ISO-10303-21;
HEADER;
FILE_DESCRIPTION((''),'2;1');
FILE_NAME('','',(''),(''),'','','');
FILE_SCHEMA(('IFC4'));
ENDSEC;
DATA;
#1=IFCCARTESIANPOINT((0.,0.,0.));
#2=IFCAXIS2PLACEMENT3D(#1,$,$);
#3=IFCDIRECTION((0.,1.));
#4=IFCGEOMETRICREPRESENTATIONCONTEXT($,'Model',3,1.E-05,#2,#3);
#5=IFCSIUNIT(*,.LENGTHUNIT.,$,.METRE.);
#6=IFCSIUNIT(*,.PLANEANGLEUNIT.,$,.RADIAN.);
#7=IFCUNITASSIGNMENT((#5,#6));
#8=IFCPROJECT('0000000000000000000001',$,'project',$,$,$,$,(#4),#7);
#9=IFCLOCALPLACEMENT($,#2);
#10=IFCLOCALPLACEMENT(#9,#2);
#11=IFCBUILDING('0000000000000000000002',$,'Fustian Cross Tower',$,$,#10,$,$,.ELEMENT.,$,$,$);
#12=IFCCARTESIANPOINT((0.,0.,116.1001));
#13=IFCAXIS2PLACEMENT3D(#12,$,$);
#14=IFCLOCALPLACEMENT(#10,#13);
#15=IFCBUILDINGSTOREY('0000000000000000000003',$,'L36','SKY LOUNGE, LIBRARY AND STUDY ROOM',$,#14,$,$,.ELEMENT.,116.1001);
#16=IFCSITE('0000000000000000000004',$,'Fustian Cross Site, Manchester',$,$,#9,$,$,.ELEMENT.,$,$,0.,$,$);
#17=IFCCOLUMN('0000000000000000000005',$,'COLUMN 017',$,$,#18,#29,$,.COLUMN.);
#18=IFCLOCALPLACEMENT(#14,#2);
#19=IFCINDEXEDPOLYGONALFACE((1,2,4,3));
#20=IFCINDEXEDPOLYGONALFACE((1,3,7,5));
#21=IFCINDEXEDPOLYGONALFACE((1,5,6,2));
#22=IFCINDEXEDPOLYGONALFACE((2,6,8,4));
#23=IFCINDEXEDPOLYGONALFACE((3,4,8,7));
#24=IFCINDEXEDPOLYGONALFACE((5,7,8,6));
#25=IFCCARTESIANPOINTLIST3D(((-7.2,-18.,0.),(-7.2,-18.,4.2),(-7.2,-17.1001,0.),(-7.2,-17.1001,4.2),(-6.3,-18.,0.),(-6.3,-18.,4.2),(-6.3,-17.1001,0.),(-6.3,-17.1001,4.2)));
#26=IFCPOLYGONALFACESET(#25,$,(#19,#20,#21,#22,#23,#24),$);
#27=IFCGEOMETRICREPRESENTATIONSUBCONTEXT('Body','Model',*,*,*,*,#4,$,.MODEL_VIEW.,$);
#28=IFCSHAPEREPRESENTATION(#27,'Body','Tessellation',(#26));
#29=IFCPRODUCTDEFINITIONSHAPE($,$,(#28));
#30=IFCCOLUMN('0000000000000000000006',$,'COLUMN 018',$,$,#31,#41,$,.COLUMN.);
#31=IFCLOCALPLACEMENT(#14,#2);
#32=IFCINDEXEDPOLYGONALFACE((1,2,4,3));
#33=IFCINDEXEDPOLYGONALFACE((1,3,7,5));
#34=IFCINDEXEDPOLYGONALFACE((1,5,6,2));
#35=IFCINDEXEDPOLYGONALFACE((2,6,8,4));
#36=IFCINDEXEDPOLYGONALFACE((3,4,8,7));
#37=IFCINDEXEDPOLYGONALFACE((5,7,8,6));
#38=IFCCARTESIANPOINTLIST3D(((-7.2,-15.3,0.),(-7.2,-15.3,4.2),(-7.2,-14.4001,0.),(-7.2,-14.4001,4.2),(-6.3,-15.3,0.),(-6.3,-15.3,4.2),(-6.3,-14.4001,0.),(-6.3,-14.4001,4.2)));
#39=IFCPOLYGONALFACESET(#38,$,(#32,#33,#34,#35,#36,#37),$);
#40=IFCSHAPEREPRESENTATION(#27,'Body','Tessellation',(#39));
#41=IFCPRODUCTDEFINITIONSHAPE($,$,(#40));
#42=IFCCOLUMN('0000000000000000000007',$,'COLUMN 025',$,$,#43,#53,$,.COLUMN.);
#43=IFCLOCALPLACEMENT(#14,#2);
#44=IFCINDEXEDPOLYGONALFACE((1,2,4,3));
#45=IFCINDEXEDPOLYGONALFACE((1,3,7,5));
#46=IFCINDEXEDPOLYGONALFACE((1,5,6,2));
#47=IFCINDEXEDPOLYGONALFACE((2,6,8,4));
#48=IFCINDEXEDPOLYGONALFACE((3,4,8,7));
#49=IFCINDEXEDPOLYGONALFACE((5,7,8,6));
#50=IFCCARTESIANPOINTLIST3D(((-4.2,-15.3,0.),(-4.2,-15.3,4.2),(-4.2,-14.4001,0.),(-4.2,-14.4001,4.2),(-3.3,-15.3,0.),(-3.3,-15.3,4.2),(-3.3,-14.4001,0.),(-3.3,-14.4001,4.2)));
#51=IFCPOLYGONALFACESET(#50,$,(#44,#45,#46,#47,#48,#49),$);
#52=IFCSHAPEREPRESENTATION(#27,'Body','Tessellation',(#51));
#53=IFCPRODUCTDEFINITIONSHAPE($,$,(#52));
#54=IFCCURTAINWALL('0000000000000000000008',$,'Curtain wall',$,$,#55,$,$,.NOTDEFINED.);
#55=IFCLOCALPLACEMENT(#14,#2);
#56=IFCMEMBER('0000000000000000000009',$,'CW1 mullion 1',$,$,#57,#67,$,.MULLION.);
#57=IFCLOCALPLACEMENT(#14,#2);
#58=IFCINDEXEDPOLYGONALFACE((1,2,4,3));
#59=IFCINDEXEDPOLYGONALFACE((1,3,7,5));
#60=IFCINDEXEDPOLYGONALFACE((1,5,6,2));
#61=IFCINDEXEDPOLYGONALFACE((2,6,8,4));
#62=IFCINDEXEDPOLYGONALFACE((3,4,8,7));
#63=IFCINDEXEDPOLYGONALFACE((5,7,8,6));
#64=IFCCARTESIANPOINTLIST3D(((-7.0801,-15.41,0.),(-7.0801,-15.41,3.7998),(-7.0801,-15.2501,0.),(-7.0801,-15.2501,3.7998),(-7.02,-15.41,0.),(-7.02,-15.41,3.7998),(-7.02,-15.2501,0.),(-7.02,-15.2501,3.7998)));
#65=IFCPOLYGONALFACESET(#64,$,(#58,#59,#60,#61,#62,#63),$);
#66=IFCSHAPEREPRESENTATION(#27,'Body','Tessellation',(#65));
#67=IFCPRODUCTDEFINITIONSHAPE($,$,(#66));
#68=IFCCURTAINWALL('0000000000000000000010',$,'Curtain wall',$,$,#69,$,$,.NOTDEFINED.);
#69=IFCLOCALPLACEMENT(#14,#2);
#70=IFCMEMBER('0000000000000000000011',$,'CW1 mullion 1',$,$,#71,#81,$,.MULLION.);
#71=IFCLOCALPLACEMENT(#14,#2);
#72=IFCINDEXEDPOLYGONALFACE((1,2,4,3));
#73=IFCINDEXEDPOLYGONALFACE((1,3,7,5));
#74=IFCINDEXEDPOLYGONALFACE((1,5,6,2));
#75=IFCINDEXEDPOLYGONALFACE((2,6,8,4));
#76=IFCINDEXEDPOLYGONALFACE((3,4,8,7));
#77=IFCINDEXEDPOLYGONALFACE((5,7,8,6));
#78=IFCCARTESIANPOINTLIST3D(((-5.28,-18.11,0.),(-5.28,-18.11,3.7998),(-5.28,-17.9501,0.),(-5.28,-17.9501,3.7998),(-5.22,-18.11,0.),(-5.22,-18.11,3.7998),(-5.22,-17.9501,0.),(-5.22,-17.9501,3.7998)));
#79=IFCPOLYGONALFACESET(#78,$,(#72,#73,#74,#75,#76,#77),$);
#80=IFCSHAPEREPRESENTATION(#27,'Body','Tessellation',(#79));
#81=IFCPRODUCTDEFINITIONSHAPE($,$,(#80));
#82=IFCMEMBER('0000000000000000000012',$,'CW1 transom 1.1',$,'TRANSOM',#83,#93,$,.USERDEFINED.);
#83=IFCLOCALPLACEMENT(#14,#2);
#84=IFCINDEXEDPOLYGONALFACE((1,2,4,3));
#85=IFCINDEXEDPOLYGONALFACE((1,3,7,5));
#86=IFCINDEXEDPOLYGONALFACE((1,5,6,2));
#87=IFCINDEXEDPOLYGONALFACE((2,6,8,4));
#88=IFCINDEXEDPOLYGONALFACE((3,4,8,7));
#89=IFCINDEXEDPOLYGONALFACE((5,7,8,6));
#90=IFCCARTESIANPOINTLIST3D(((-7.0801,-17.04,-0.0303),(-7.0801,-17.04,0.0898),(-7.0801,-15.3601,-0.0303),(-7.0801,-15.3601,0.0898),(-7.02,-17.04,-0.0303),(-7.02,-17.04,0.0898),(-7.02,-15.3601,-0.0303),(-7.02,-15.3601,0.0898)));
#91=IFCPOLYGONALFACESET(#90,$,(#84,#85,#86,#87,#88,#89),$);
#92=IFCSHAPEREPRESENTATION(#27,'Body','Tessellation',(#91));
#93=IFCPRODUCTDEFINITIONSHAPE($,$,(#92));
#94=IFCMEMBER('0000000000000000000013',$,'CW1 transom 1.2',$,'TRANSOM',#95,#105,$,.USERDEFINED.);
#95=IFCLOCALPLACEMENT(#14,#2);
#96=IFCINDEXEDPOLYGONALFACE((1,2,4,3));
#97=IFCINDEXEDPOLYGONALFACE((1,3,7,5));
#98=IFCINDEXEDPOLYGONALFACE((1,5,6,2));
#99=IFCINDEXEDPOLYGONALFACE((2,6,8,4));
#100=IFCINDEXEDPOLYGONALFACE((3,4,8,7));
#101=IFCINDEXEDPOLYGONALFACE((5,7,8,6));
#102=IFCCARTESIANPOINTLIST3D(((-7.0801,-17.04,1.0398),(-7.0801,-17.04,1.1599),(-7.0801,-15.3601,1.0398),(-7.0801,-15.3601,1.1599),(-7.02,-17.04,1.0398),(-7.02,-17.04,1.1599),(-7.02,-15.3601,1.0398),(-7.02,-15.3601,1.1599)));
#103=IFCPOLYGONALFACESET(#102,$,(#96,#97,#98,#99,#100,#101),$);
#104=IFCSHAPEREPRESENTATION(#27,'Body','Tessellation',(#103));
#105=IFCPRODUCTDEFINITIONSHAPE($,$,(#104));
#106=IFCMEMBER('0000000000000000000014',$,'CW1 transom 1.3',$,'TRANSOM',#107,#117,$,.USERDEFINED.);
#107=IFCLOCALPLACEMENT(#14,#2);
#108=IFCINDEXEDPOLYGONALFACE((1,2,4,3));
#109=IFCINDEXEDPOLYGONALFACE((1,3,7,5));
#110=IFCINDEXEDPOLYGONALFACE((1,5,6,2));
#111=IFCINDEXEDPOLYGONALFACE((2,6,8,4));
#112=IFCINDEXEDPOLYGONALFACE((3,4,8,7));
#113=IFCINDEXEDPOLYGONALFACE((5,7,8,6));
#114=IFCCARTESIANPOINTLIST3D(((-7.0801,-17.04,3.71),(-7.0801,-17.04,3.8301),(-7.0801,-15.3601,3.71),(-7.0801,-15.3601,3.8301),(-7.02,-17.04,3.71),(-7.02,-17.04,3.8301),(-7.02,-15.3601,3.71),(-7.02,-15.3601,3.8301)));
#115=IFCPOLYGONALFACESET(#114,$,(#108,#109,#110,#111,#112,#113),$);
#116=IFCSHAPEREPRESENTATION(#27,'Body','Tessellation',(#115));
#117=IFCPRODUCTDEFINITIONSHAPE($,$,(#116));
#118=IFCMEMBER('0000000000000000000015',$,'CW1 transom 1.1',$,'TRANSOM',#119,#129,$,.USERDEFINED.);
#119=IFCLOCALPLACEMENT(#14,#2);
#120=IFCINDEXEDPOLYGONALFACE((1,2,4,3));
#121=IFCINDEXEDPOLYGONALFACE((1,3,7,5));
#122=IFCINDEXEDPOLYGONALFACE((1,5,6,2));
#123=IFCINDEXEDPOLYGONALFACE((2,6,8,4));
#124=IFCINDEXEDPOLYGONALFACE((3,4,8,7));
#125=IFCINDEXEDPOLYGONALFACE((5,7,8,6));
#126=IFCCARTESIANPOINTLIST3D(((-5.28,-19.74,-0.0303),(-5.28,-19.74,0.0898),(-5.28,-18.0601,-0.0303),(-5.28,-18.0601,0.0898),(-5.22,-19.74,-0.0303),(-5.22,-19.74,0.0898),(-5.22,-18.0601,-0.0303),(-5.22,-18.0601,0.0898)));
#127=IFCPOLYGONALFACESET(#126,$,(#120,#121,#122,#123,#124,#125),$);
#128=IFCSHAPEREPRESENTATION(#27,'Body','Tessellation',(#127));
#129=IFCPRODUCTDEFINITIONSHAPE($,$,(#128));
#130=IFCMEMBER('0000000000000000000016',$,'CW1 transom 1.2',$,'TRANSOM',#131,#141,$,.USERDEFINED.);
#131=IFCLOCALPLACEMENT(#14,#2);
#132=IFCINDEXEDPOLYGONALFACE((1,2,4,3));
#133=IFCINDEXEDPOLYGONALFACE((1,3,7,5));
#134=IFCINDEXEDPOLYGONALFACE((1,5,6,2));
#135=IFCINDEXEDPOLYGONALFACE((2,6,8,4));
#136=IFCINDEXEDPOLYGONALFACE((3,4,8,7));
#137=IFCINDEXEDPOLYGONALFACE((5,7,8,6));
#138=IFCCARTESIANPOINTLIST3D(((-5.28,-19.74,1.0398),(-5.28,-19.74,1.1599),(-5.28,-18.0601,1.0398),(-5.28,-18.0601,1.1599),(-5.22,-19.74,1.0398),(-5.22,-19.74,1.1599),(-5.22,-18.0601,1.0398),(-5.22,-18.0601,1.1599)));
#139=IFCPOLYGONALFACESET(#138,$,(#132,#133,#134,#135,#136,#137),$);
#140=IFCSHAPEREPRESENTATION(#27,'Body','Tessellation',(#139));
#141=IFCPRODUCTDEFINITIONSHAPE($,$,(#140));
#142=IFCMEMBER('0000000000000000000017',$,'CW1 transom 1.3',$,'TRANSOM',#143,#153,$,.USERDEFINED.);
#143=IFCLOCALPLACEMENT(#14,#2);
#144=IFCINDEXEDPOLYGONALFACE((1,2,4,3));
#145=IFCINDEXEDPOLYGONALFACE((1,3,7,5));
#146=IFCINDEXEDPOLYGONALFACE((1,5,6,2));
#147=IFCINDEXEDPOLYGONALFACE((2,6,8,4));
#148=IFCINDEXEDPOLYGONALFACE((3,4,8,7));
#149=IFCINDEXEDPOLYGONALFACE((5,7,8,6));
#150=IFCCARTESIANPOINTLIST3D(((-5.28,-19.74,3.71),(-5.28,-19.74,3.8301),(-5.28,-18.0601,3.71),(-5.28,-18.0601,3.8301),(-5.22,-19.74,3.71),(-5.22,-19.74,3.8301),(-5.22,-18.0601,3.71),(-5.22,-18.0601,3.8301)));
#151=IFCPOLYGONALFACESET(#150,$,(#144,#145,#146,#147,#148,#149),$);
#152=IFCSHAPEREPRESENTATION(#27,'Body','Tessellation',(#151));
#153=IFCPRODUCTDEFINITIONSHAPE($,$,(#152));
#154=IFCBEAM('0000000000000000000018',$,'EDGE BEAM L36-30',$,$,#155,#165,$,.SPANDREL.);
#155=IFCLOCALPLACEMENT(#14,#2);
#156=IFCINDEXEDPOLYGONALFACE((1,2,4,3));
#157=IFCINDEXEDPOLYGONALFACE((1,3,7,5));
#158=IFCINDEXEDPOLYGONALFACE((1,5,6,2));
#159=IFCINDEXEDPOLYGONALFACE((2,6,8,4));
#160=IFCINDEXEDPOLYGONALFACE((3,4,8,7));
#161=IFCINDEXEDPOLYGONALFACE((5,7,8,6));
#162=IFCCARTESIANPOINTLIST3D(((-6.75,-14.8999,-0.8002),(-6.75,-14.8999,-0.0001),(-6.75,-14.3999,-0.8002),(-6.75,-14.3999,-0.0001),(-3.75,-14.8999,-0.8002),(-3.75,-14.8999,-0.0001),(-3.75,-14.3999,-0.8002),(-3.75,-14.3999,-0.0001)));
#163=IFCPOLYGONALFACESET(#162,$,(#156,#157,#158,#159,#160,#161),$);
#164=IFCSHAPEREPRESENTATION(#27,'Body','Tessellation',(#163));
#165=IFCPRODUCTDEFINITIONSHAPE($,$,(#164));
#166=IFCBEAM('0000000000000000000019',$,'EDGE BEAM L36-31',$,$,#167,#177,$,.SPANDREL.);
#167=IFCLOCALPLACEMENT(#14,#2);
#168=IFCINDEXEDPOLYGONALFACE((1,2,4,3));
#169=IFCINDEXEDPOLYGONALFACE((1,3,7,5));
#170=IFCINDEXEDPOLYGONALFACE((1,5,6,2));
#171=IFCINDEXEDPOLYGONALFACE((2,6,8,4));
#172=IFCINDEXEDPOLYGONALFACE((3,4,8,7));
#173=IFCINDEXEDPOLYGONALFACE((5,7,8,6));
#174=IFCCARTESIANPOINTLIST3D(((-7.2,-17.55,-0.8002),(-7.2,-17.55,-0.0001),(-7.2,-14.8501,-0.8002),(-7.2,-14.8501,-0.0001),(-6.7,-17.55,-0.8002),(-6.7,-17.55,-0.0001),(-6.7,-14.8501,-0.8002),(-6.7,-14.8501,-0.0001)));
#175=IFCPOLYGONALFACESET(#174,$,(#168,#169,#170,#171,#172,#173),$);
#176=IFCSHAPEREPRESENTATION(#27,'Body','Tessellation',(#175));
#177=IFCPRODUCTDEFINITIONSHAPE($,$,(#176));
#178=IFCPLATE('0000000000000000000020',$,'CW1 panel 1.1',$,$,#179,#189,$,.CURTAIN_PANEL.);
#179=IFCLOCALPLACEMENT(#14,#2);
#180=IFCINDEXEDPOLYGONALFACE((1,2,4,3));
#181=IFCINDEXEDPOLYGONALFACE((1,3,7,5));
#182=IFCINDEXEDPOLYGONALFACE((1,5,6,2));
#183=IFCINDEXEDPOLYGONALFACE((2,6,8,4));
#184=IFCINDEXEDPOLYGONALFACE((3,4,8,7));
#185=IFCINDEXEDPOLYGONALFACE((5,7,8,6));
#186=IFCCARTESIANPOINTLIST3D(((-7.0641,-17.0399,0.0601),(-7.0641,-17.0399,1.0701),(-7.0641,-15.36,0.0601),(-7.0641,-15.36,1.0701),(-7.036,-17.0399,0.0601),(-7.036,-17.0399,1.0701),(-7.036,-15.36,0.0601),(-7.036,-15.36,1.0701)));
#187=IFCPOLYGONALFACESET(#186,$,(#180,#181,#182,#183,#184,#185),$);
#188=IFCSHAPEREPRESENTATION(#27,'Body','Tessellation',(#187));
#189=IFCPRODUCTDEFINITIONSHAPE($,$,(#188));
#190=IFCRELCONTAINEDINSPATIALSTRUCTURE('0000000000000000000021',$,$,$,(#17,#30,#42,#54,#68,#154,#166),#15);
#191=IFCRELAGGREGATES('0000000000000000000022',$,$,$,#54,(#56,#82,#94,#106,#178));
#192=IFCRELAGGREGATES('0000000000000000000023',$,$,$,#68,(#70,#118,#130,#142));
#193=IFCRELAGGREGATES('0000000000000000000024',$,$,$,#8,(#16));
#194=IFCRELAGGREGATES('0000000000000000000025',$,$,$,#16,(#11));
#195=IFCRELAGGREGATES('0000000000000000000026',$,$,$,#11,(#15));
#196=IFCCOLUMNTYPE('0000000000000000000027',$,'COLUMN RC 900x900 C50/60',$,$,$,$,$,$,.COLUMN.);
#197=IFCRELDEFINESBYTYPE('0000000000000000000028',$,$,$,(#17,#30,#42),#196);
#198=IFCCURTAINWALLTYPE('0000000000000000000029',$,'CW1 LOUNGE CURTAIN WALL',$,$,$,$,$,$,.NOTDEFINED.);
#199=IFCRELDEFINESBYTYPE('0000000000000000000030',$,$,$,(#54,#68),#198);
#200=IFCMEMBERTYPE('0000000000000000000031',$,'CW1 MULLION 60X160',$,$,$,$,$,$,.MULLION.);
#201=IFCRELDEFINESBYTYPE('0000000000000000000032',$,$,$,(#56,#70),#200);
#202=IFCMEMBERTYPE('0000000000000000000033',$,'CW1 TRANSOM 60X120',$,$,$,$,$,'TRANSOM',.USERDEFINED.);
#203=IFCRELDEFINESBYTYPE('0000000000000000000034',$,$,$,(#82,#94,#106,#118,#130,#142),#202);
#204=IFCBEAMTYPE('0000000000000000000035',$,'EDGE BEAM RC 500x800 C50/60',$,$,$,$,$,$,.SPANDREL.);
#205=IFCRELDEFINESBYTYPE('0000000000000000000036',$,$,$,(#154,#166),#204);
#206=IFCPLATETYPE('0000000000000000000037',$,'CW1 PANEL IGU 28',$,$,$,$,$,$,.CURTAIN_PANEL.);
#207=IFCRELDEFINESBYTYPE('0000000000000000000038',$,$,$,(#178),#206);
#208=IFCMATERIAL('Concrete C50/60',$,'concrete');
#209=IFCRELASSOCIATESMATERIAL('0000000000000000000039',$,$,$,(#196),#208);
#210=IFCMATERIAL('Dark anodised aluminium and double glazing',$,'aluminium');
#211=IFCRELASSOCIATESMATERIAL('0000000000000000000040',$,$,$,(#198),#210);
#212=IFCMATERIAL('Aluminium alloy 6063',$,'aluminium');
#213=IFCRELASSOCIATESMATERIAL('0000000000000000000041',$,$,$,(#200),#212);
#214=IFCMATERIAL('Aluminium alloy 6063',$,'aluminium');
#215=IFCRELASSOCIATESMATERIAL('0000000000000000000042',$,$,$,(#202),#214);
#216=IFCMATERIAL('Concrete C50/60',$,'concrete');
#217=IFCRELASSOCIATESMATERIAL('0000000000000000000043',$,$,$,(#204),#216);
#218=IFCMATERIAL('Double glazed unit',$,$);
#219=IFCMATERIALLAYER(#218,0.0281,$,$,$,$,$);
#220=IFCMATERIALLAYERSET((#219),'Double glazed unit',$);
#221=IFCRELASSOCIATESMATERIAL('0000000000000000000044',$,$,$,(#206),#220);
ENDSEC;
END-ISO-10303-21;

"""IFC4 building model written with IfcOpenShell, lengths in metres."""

from ifc_helpers import new_model, si_unit, direction, frame, origin, origin_2d, place, context, subcontext, project, spatial, rectangle, extrude, material, layer, layer_set, material_profile, profile_set, type_object, element, aggregate, save


model = new_model("IFC4")

# Units and contexts
model_context = context("Model", 3, precision=1e-05, world=origin(), true_north=direction((0.0, 1.0)))
body_context = subcontext(model_context, "Body", "Model", "MODEL_VIEW")
ifc_project = project(units=[si_unit("LENGTHUNIT", "METRE"), si_unit("PLANEANGLEUNIT", "RADIAN")], contexts=[model_context])

# Site, building, storey
site_placement = place(None, origin())
site = spatial("IfcSite", under=ifc_project, at=site_placement, Name="Fustian Cross Site, Manchester", CompositionType="ELEMENT", RefElevation=0.0)
building_placement = place(site_placement, origin())
building = spatial("IfcBuilding", under=site, at=building_placement, Name="Fustian Cross Tower", CompositionType="ELEMENT")
storey_placement = place(building_placement, frame((0.0, 0.0, 116.1001)))
storey = spatial("IfcBuildingStorey", under=building, at=storey_placement, Name="L36", Description="SKY LOUNGE, LIBRARY AND STUDY ROOM", CompositionType="ELEMENT", Elevation=116.1001)

# Columns
ifc_material_1 = material(Name="Concrete C50/60", Category="concrete")
ifc_material_profile_1 = material_profile(ifc_material_1, rectangle(XDim=0.8999, YDim=0.8999, at=origin_2d()), Name="RC 900x900")
ifc_profile_set_1 = profile_set([ifc_material_profile_1], Name="Concrete C50/60")
column_type = type_object("IfcColumnType", Name="COLUMN RC 900x900 C50/60", PredefinedType="COLUMN", material=ifc_profile_set_1)
for number, where, z_axis, x_axis, name in (
    (1, (-6.75, -17.55, 0.0), (0.0, 0.0, 1.0), (1.0, 0.0, 0.0), "COLUMN 017"),
    (2, (-6.75, -14.8501, 0.0), (0.0, 0.0, 1.0), (1.0, 0.0, 0.0), "COLUMN 018"),
    (3, (-3.75, -14.8501, 0.0), (0.0, 0.0, 1.0), (1.0, 0.0, 0.0), "COLUMN 025"),
):
    element("IfcColumn", number, at=place(storey_placement, frame(where, z_axis=z_axis, x_axis=x_axis)), inside=storey, type_object=column_type, Name=name, PredefinedType="COLUMN", context=body_context, shape_type="SweptSolid", body=[
        extrude(rectangle(XDim=0.8999, YDim=0.8999, at=origin_2d()), origin(), (0.0, 0.0, 1.0), 4.2),
    ])

# Curtain walls, members
ifc_material_2 = material(Name="Dark anodised aluminium and double glazing", Category="aluminium")
curtain_wall_type = type_object("IfcCurtainWallType", Name="CW1 LOUNGE CURTAIN WALL", PredefinedType="NOTDEFINED", material=ifc_material_2)
curtain_wall_1_placement = place(storey_placement, origin())
curtain_wall_1 = element("IfcCurtainWall", 4, at=curtain_wall_1_placement, inside=storey, type_object=curtain_wall_type, Name="Curtain wall", PredefinedType="NOTDEFINED")
ifc_material_3 = material(Name="Aluminium alloy 6063", Category="aluminium")
ifc_material_profile_2 = material_profile(ifc_material_3, rectangle(XDim=0.0601, YDim=0.1599, at=origin_2d()), Name="CW1 MULLION 60X160")
ifc_profile_set_2 = profile_set([ifc_material_profile_2], Name="Aluminium alloy 6063")
member_type_1 = type_object("IfcMemberType", Name="CW1 MULLION 60X160", PredefinedType="MULLION", material=ifc_profile_set_2)
member_1_placement = place(storey_placement, frame((-7.05, -15.3301, 0.0), z_axis=(0.0, 0.0, 1.0), x_axis=(1.0, 0.0, 0.0)))
member_1 = element("IfcMember", 5, at=member_1_placement, type_object=member_type_1, Name="CW1 mullion 1", PredefinedType="MULLION", context=body_context, shape_type="SweptSolid", body=[
    extrude(rectangle(XDim=0.0601, YDim=0.1599, at=origin_2d()), origin(), (0.0, 0.0, 1.0), 3.7998),
])
curtain_wall_2_placement = place(storey_placement, origin())
curtain_wall_2 = element("IfcCurtainWall", 6, at=curtain_wall_2_placement, inside=storey, type_object=curtain_wall_type, Name="Curtain wall", PredefinedType="NOTDEFINED")
member_2_placement = place(storey_placement, frame((-5.25, -18.03, 0.0), z_axis=(0.0, 0.0, 1.0), x_axis=(1.0, 0.0, 0.0)))
member_2 = element("IfcMember", 7, at=member_2_placement, type_object=member_type_1, Name="CW1 mullion 1", PredefinedType="MULLION", context=body_context, shape_type="SweptSolid", body=[
    extrude(rectangle(XDim=0.0601, YDim=0.1599, at=origin_2d()), origin(), (0.0, 0.0, 1.0), 3.7998),
])

# Members
ifc_material_4 = material(Name="Aluminium alloy 6063", Category="aluminium")
ifc_material_profile_3 = material_profile(ifc_material_4, rectangle(XDim=0.0601, YDim=0.1201, at=origin_2d()), Name="CW1 TRANSOM 60X120")
ifc_profile_set_3 = profile_set([ifc_material_profile_3], Name="Aluminium alloy 6063")
member_type_2 = type_object("IfcMemberType", Name="CW1 TRANSOM 60X120", ElementType="TRANSOM", PredefinedType="USERDEFINED", material=ifc_profile_set_3)
member_3_placement = place(storey_placement, frame((-7.05, -15.3601, 0.0298), z_axis=(0.0, -1.0, 0.0), x_axis=(1.0, 0.0, 0.0)))
member_3 = element("IfcMember", 8, at=member_3_placement, type_object=member_type_2, Name="CW1 transom 1.1", ObjectType="TRANSOM", PredefinedType="USERDEFINED", context=body_context, shape_type="SweptSolid", body=[
    extrude(rectangle(XDim=0.0601, YDim=0.1201, at=origin_2d()), origin(), (0.0, 0.0, 1.0), 1.6799),
])
member_4_placement = place(storey_placement, frame((-7.05, -15.3601, 1.0999), z_axis=(0.0, -1.0, 0.0), x_axis=(1.0, 0.0, 0.0)))
member_4 = element("IfcMember", 9, at=member_4_placement, type_object=member_type_2, Name="CW1 transom 1.2", ObjectType="TRANSOM", PredefinedType="USERDEFINED", context=body_context, shape_type="SweptSolid", body=[
    extrude(rectangle(XDim=0.0601, YDim=0.1201, at=origin_2d()), origin(), (0.0, 0.0, 1.0), 1.6799),
])
member_5_placement = place(storey_placement, frame((-7.05, -15.3601, 3.77), z_axis=(0.0, -1.0, 0.0), x_axis=(1.0, 0.0, 0.0)))
member_5 = element("IfcMember", 10, at=member_5_placement, type_object=member_type_2, Name="CW1 transom 1.3", ObjectType="TRANSOM", PredefinedType="USERDEFINED", context=body_context, shape_type="SweptSolid", body=[
    extrude(rectangle(XDim=0.0601, YDim=0.1201, at=origin_2d()), origin(), (0.0, 0.0, 1.0), 1.6799),
])
member_6_placement = place(storey_placement, frame((-5.25, -18.0601, 0.0298), z_axis=(0.0, -1.0, 0.0), x_axis=(1.0, 0.0, 0.0)))
member_6 = element("IfcMember", 11, at=member_6_placement, type_object=member_type_2, Name="CW1 transom 1.1", ObjectType="TRANSOM", PredefinedType="USERDEFINED", context=body_context, shape_type="SweptSolid", body=[
    extrude(rectangle(XDim=0.0601, YDim=0.1201, at=origin_2d()), origin(), (0.0, 0.0, 1.0), 1.6799),
])
member_7_placement = place(storey_placement, frame((-5.25, -18.0601, 1.0999), z_axis=(0.0, -1.0, 0.0), x_axis=(1.0, 0.0, 0.0)))
member_7 = element("IfcMember", 12, at=member_7_placement, type_object=member_type_2, Name="CW1 transom 1.2", ObjectType="TRANSOM", PredefinedType="USERDEFINED", context=body_context, shape_type="SweptSolid", body=[
    extrude(rectangle(XDim=0.0601, YDim=0.1201, at=origin_2d()), origin(), (0.0, 0.0, 1.0), 1.6799),
])
member_8_placement = place(storey_placement, frame((-5.25, -18.0601, 3.77), z_axis=(0.0, -1.0, 0.0), x_axis=(1.0, 0.0, 0.0)))
member_8 = element("IfcMember", 13, at=member_8_placement, type_object=member_type_2, Name="CW1 transom 1.3", ObjectType="TRANSOM", PredefinedType="USERDEFINED", context=body_context, shape_type="SweptSolid", body=[
    extrude(rectangle(XDim=0.0601, YDim=0.1201, at=origin_2d()), origin(), (0.0, 0.0, 1.0), 1.6799),
])

# Beams
ifc_material_5 = material(Name="Concrete C50/60", Category="concrete")
ifc_material_profile_4 = material_profile(ifc_material_5, rectangle(XDim=0.5, YDim=0.8, at=origin_2d()), Name="RC 500x800")
ifc_profile_set_4 = profile_set([ifc_material_profile_4], Name="Concrete C50/60")
beam_type = type_object("IfcBeamType", Name="EDGE BEAM RC 500x800 C50/60", PredefinedType="SPANDREL", material=ifc_profile_set_4)
beam_1_placement = place(storey_placement, frame((-3.75, -14.6499, -0.4001), z_axis=(-1.0, 0.0, 0.0), x_axis=(0.0, -1.0, 0.0)))
element("IfcBeam", 14, at=beam_1_placement, inside=storey, type_object=beam_type, Name="EDGE BEAM L36-30", PredefinedType="SPANDREL", context=body_context, shape_type="SweptSolid", body=[
    extrude(rectangle(XDim=0.5, YDim=0.8, at=origin_2d()), origin(), (0.0, 0.0, 1.0), 3.0),
])
beam_2_placement = place(storey_placement, frame((-6.95, -14.8501, -0.4001), z_axis=(0.0, -1.0, 0.0), x_axis=(1.0, 0.0, 0.0)))
element("IfcBeam", 15, at=beam_2_placement, inside=storey, type_object=beam_type, Name="EDGE BEAM L36-31", PredefinedType="SPANDREL", context=body_context, shape_type="SweptSolid", body=[
    extrude(rectangle(XDim=0.5, YDim=0.8, at=origin_2d()), origin(), (0.0, 0.0, 1.0), 2.7),
])

# Plate
ifc_material_6 = material(Name="Double glazed unit")
ifc_layer_1 = layer(ifc_material_6, 0.0281)
ifc_layer_set_1 = layer_set([ifc_layer_1], Name="Double glazed unit")
plate_type = type_object("IfcPlateType", Name="CW1 PANEL IGU 28", PredefinedType="CURTAIN_PANEL", material=ifc_layer_set_1)
plate_1_placement = place(storey_placement, frame((-7.05, -16.2, 0.0601), z_axis=(0.0, 0.0, 1.0), x_axis=(0.0, -1.0, 0.0)))
plate_1 = element("IfcPlate", 16, at=plate_1_placement, type_object=plate_type, Name="CW1 panel 1.1", PredefinedType="CURTAIN_PANEL", context=body_context, shape_type="SweptSolid", body=[
    extrude(rectangle(XDim=1.6799, YDim=0.0281, at=origin_2d()), origin(), (0.0, 0.0, 1.0), 1.01),
])
aggregate(curtain_wall_1, [member_1, member_3, member_4, member_5, plate_1])
aggregate(curtain_wall_2, [member_2, member_6, member_7, member_8])

save(model, "model.ifc")
